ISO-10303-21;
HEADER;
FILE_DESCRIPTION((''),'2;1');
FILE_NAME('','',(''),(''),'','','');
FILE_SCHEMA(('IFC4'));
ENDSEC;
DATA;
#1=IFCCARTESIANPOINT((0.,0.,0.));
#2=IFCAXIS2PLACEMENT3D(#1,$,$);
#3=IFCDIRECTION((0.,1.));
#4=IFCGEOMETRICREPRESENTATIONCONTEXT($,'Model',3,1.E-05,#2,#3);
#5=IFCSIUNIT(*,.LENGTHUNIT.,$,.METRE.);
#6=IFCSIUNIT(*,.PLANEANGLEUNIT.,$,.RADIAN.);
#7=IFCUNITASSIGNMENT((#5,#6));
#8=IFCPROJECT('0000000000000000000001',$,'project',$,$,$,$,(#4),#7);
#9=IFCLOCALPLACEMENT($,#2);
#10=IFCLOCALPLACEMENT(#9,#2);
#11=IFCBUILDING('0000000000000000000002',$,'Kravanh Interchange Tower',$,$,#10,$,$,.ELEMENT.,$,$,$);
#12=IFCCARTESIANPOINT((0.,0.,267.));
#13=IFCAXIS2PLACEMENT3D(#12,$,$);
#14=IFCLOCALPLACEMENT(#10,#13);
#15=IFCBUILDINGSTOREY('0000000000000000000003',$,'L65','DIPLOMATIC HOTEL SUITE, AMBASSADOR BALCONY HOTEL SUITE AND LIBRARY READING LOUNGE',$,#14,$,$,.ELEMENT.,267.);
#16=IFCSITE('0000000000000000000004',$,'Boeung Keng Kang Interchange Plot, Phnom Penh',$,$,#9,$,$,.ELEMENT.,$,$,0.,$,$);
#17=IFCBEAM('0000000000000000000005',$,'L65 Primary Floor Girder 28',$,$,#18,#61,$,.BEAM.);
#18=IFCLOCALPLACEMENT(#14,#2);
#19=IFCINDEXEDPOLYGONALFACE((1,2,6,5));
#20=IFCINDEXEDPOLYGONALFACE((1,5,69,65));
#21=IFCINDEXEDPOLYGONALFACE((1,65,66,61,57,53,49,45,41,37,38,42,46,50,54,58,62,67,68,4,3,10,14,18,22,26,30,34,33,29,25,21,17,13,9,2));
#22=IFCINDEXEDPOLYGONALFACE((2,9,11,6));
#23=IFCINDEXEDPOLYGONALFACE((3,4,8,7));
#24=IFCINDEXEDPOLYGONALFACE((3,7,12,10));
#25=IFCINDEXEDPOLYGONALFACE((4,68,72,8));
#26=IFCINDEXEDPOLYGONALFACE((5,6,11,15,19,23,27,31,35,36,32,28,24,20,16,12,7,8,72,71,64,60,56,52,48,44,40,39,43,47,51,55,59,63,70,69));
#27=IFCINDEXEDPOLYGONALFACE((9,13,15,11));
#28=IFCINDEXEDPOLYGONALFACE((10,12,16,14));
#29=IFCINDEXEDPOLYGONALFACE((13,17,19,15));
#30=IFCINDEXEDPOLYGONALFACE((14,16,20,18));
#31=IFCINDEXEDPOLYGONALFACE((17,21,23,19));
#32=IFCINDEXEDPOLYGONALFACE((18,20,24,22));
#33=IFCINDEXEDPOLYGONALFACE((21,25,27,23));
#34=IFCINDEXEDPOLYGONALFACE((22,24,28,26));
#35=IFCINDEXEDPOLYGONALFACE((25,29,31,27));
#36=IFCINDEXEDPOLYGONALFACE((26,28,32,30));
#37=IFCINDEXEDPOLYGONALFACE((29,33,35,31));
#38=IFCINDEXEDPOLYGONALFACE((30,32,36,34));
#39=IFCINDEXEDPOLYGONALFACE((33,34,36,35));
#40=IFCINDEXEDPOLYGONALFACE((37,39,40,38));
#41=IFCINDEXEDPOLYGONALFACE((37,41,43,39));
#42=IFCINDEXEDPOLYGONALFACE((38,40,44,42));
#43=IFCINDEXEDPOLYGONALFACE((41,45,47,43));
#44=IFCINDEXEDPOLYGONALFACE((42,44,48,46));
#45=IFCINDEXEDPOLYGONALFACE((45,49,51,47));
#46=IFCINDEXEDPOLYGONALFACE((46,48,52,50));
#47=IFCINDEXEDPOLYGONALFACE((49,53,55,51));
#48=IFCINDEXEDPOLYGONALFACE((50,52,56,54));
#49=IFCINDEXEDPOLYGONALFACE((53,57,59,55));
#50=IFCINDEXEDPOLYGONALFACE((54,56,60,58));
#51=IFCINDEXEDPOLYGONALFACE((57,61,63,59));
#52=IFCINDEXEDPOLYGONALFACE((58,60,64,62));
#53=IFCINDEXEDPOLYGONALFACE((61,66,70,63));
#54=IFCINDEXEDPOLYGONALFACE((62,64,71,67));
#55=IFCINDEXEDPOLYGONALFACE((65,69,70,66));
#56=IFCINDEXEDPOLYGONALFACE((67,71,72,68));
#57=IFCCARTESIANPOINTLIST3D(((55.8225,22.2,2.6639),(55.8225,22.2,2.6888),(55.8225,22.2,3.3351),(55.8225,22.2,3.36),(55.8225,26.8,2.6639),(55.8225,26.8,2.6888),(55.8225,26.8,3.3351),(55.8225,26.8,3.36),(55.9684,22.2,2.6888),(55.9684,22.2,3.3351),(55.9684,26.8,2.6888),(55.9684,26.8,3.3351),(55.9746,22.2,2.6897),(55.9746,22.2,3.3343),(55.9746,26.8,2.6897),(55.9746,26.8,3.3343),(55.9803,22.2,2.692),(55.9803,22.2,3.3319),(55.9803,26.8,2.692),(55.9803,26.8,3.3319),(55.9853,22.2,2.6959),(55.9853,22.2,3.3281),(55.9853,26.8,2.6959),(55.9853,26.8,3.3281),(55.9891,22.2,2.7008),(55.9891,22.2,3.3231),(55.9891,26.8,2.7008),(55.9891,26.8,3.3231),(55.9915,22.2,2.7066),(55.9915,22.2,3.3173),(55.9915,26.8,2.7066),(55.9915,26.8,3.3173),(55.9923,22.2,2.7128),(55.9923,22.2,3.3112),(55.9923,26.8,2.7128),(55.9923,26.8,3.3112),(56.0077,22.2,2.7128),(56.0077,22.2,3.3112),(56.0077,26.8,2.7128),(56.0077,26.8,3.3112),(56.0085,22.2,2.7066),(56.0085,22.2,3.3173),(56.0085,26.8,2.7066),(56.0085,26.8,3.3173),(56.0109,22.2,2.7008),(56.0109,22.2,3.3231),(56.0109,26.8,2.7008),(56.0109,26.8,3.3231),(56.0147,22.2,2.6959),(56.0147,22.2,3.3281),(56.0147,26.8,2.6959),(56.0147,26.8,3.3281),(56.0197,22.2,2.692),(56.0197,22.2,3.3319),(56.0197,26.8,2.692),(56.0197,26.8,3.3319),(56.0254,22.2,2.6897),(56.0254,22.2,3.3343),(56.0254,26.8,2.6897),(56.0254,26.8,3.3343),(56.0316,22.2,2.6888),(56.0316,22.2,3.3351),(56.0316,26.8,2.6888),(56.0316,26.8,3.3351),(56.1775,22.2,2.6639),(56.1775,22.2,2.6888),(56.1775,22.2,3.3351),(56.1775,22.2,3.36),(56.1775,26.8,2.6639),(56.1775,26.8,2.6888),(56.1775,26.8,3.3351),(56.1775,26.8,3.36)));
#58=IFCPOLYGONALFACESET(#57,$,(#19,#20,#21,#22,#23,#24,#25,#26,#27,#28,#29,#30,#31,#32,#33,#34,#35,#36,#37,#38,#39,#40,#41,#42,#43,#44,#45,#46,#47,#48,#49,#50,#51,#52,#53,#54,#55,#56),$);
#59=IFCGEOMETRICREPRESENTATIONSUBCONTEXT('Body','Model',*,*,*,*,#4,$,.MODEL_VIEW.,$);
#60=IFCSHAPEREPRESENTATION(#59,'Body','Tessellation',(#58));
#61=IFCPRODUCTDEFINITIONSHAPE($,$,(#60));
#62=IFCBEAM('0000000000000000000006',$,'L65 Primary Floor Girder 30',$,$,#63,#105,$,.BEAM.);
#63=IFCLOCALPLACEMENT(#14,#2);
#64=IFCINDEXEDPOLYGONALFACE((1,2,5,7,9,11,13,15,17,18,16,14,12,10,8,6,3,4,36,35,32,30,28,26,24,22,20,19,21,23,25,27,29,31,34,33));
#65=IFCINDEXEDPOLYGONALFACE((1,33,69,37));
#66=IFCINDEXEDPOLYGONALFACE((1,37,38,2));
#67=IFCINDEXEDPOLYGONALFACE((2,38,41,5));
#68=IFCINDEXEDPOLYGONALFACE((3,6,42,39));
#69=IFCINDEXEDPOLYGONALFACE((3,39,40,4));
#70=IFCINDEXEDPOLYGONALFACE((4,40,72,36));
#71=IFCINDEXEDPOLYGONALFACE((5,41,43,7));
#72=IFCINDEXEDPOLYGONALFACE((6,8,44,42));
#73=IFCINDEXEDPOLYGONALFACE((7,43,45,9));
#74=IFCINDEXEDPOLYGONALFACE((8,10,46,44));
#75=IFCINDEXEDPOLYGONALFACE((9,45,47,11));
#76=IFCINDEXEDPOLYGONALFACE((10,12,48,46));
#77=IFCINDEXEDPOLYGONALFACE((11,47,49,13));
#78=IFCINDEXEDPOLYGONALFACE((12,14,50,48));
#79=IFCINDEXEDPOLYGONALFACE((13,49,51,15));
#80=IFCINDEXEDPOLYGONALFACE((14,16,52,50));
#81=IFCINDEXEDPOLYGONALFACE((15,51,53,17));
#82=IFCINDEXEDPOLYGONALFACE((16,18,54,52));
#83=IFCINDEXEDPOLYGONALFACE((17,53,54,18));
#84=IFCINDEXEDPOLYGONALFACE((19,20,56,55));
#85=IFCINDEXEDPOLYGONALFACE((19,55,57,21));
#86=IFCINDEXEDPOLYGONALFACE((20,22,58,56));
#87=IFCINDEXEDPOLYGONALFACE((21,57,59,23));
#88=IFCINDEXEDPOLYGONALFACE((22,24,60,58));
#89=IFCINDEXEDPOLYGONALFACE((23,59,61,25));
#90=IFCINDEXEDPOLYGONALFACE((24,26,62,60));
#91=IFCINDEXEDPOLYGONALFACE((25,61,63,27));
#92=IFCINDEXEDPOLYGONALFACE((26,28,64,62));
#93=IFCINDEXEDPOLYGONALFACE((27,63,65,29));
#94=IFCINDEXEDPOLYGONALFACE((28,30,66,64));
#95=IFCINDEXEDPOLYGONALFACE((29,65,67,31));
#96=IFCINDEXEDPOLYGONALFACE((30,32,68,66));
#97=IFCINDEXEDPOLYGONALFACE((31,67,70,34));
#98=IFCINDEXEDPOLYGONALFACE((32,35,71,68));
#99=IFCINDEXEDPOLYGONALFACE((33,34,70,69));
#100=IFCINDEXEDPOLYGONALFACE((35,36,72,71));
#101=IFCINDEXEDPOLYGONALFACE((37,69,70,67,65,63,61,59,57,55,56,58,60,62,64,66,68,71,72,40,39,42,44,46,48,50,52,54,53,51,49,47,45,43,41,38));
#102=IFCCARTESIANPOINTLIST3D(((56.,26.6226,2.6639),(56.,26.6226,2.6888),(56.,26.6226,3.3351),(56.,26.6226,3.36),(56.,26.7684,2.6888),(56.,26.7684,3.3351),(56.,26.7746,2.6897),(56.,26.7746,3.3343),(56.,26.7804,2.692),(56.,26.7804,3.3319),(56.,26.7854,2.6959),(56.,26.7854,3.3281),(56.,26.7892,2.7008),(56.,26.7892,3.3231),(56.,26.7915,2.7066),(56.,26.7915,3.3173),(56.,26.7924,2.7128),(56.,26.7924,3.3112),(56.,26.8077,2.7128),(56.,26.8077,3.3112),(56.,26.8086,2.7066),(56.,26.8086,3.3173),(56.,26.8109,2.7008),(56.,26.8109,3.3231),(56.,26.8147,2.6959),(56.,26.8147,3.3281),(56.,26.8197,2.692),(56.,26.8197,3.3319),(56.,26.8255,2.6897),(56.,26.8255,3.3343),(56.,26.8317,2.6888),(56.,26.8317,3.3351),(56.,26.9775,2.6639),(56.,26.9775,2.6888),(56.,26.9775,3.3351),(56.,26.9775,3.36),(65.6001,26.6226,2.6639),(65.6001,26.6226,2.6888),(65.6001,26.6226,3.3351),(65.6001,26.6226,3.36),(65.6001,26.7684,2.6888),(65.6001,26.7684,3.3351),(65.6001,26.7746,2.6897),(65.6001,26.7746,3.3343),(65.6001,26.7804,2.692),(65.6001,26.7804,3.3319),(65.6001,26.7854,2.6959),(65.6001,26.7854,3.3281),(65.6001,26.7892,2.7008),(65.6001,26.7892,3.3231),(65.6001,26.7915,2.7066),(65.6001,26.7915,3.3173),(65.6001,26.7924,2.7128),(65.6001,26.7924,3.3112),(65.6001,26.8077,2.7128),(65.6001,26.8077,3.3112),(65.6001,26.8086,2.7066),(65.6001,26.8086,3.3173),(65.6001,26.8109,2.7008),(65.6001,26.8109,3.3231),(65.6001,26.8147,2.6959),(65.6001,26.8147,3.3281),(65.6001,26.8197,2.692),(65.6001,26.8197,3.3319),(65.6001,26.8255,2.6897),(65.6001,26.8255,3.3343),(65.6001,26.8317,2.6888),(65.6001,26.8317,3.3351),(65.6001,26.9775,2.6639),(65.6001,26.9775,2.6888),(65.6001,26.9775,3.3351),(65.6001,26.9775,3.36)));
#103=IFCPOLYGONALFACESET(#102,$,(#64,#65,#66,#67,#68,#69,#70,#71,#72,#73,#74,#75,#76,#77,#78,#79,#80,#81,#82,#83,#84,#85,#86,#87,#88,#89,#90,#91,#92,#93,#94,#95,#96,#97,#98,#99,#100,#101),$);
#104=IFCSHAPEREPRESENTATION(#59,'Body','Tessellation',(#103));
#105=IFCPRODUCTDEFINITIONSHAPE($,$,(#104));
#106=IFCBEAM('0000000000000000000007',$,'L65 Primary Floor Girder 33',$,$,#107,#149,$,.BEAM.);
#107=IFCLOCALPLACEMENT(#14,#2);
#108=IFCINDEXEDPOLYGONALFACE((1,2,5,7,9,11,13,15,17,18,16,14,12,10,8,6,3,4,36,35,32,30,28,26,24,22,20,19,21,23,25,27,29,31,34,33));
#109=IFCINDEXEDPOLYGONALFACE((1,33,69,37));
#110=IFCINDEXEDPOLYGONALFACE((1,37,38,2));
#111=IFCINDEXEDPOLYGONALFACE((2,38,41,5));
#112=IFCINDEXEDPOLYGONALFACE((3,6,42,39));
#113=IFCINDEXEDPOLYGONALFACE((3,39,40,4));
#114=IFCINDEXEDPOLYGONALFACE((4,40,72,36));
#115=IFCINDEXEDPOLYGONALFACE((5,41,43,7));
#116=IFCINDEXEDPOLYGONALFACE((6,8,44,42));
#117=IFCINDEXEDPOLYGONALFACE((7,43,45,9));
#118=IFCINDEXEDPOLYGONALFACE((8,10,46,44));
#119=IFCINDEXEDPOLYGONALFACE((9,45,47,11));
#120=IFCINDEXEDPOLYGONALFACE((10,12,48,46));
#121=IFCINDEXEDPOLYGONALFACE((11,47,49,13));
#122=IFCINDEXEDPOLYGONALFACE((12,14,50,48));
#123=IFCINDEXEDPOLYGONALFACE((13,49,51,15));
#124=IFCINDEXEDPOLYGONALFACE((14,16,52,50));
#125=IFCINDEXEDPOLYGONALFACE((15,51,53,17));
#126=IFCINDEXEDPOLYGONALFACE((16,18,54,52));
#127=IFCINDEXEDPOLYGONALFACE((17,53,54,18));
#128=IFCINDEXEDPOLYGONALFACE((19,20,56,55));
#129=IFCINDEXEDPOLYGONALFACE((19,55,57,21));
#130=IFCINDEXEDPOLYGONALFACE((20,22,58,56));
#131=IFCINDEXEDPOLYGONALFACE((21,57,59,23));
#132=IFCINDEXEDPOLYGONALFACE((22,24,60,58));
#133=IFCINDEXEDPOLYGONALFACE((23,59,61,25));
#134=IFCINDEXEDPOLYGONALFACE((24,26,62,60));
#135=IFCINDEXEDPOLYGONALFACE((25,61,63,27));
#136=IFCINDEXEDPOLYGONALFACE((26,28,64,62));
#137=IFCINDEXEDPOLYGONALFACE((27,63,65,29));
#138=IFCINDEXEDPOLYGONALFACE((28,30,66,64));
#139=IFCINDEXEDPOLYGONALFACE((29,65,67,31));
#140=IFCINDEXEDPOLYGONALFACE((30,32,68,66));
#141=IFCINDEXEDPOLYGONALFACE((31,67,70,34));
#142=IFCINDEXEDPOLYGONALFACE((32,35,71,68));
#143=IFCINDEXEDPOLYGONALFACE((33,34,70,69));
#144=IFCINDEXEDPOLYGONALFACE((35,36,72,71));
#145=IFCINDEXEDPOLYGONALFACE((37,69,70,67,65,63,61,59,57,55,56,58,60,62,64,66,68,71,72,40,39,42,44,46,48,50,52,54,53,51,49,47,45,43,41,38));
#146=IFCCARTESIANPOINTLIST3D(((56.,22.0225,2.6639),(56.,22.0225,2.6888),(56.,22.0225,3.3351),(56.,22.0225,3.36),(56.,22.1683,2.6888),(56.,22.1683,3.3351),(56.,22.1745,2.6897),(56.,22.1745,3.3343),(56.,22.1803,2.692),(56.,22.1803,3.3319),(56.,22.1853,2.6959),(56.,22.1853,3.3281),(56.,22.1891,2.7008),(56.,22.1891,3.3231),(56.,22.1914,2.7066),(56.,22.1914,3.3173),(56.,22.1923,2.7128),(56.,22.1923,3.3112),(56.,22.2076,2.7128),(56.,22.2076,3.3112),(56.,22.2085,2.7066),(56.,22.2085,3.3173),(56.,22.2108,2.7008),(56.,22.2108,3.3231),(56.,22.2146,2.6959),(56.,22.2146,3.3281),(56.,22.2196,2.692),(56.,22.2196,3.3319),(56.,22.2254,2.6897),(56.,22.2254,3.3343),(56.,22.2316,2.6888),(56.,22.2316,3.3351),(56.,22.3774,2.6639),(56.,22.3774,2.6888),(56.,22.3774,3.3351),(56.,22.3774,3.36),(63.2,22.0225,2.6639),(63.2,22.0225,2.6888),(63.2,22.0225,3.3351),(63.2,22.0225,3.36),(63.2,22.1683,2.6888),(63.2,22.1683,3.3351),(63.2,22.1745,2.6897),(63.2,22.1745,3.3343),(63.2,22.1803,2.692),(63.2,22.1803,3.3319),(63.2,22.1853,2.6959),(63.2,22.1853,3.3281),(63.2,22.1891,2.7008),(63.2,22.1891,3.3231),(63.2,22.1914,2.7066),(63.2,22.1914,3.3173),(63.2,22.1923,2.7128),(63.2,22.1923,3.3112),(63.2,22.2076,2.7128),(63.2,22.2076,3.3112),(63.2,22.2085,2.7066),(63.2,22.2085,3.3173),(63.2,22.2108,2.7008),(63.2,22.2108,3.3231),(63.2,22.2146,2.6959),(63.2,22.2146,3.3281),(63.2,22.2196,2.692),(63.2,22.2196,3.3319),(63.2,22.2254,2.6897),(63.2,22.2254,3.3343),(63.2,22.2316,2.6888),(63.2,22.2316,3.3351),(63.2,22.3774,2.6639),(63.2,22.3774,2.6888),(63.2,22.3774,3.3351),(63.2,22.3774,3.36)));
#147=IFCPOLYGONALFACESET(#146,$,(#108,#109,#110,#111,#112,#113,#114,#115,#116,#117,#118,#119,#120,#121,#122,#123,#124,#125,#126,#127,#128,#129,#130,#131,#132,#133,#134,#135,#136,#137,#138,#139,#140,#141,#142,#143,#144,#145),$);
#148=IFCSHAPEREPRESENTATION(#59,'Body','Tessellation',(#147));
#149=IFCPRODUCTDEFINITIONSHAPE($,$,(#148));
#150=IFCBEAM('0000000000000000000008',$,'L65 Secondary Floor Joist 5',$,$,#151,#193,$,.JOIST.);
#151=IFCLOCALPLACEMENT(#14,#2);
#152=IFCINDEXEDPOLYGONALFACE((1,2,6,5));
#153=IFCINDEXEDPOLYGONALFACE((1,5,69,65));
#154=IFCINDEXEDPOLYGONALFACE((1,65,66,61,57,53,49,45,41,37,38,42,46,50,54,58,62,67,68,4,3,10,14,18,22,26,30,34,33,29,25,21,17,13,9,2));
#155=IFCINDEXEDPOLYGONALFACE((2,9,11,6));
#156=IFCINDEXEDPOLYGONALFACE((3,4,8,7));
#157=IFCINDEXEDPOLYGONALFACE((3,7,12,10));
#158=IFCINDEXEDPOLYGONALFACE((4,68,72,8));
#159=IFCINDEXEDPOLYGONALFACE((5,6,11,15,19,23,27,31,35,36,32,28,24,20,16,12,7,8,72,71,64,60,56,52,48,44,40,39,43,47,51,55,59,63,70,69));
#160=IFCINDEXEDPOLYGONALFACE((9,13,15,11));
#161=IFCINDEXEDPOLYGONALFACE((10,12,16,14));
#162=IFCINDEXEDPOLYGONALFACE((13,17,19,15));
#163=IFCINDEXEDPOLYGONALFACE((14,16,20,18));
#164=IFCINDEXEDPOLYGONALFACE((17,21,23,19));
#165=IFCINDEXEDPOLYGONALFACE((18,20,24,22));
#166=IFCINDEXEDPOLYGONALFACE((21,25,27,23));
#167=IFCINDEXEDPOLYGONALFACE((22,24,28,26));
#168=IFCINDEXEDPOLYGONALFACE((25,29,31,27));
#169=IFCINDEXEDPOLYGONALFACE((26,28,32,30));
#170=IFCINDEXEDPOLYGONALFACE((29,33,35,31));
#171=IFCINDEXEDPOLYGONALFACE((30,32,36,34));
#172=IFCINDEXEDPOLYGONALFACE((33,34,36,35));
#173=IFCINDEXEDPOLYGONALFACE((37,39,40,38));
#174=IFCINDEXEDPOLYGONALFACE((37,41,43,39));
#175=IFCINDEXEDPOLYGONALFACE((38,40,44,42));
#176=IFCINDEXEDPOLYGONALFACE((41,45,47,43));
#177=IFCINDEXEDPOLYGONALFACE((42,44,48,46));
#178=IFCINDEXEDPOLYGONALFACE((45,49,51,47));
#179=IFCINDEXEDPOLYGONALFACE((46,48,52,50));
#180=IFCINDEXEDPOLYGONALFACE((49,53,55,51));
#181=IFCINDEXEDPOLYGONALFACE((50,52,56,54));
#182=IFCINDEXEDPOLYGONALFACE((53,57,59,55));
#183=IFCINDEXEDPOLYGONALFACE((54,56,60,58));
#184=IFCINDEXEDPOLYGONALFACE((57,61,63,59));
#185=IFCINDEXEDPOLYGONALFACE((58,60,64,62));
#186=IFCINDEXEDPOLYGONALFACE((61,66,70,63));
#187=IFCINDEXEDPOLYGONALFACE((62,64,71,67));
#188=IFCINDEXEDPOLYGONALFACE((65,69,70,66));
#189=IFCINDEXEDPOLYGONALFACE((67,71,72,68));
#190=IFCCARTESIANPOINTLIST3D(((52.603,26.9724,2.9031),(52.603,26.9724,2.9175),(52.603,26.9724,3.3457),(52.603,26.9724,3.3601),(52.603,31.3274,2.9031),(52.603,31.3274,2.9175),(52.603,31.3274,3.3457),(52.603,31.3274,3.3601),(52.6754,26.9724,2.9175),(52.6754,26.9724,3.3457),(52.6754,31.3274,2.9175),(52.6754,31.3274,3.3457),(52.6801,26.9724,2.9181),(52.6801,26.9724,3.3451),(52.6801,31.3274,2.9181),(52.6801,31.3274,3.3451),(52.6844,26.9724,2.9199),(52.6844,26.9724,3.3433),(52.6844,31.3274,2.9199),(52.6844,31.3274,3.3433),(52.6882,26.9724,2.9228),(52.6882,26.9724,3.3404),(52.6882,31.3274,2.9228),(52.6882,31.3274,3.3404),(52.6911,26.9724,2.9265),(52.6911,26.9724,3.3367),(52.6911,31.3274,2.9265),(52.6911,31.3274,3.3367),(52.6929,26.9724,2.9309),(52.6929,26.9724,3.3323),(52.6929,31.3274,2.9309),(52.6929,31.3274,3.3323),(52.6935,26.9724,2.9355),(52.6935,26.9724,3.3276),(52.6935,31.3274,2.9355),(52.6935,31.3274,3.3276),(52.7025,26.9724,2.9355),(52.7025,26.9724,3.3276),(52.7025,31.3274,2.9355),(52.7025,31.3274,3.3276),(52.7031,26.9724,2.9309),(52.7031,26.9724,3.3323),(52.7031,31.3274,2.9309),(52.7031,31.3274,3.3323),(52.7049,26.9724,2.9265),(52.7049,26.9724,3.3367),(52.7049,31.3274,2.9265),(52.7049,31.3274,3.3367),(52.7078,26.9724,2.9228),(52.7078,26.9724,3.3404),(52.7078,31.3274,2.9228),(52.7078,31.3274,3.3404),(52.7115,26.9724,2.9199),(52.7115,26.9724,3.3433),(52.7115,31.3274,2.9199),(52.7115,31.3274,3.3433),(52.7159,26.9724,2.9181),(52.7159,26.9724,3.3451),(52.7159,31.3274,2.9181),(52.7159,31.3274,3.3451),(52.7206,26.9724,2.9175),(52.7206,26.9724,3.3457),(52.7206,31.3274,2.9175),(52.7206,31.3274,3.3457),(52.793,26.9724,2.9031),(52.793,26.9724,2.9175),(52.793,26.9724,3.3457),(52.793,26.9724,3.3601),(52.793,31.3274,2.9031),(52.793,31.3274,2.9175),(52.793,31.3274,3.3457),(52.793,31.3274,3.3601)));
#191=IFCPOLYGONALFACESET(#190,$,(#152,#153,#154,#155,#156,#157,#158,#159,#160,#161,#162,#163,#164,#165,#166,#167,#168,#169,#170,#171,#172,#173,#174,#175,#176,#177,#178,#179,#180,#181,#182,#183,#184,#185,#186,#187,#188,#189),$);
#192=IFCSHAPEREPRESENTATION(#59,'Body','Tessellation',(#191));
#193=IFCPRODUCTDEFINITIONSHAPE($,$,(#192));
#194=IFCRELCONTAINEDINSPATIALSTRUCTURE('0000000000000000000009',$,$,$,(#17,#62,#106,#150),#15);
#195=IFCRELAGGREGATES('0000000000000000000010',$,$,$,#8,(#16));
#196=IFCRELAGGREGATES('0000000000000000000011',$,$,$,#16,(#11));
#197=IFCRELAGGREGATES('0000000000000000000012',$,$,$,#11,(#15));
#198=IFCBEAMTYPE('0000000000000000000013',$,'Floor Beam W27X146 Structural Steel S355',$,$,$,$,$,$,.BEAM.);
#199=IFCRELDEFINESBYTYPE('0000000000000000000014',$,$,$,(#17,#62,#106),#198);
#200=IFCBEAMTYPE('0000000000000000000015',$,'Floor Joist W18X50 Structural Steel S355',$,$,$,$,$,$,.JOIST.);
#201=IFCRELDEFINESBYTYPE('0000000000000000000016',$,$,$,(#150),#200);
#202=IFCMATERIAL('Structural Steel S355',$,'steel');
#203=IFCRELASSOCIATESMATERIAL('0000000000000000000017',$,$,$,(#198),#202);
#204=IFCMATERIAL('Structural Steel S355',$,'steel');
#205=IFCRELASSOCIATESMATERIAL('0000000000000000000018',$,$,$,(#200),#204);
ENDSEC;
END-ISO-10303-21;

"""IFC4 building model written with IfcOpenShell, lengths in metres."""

from ifc_helpers import new_model, si_unit, direction, frame, origin, origin_2d, place, context, subcontext, project, spatial, i_section, extrude, material, material_profile, profile_set, type_object, element, save


model = new_model("IFC4")

# Units and contexts
model_context = context("Model", 3, precision=1e-05, world=origin(), true_north=direction((0.0, 1.0)))
body_context = subcontext(model_context, "Body", "Model", "MODEL_VIEW")
ifc_project = project(units=[si_unit("LENGTHUNIT", "METRE"), si_unit("PLANEANGLEUNIT", "RADIAN")], contexts=[model_context])

# Site, building, storey
site_placement = place(None, origin())
site = spatial("IfcSite", under=ifc_project, at=site_placement, Name="Boeung Keng Kang Interchange Plot, Phnom Penh", CompositionType="ELEMENT", RefElevation=0.0)
building_placement = place(site_placement, origin())
building = spatial("IfcBuilding", under=site, at=building_placement, Name="Kravanh Interchange Tower", CompositionType="ELEMENT")
storey_placement = place(building_placement, frame((0.0, 0.0, 267.0)))
storey = spatial("IfcBuildingStorey", under=building, at=storey_placement, Name="L65", Description="DIPLOMATIC HOTEL SUITE, AMBASSADOR BALCONY HOTEL SUITE AND LIBRARY READING LOUNGE", CompositionType="ELEMENT", Elevation=267.0)

# Beams
ifc_material_1 = material(Name="Structural Steel S355", Category="steel")
ifc_material_profile_1 = material_profile(ifc_material_1, i_section(OverallWidth=0.355, OverallDepth=0.696, WebThickness=0.0154, FlangeThickness=0.0249, FilletRadius=0.0239, at=origin_2d()), Name="W27X146")
ifc_profile_set_1 = profile_set([ifc_material_profile_1], Name="Structural Steel S355")
beam_type_1 = type_object("IfcBeamType", Name="Floor Beam W27X146 Structural Steel S355", PredefinedType="BEAM", material=ifc_profile_set_1)
beam_1_placement = place(storey_placement, frame((56.0, 26.8, 3.012), z_axis=(0.0, -1.0, 0.0), x_axis=(1.0, 0.0, 0.0)))
element("IfcBeam", 1, at=beam_1_placement, inside=storey, type_object=beam_type_1, Name="L65 Primary Floor Girder 28", PredefinedType="BEAM", context=body_context, shape_type="SweptSolid", body=[
    extrude(i_section(OverallWidth=0.355, OverallDepth=0.696, WebThickness=0.0154, FlangeThickness=0.0249, FilletRadius=0.0239, at=origin_2d()), origin(), (0.0, 0.0, 1.0), 4.6001),
])
beam_2_placement = place(storey_placement, frame((56.0, 26.8, 3.012), z_axis=(1.0, 0.0, 0.0), x_axis=(0.0, 1.0, 0.0)))
element("IfcBeam", 2, at=beam_2_placement, inside=storey, type_object=beam_type_1, Name="L65 Primary Floor Girder 30", PredefinedType="BEAM", context=body_context, shape_type="SweptSolid", body=[
    extrude(i_section(OverallWidth=0.355, OverallDepth=0.696, WebThickness=0.0154, FlangeThickness=0.0249, FilletRadius=0.0239, at=origin_2d()), origin(), (0.0, 0.0, 1.0), 9.6001),
])
beam_3_placement = place(storey_placement, frame((56.0, 22.2, 3.012), z_axis=(1.0, 0.0, 0.0), x_axis=(0.0, 1.0, 0.0)))
element("IfcBeam", 3, at=beam_3_placement, inside=storey, type_object=beam_type_1, Name="L65 Primary Floor Girder 33", PredefinedType="BEAM", context=body_context, shape_type="SweptSolid", body=[
    extrude(i_section(OverallWidth=0.355, OverallDepth=0.696, WebThickness=0.0154, FlangeThickness=0.0249, FilletRadius=0.0239, at=origin_2d()), origin(), (0.0, 0.0, 1.0), 7.2),
])
ifc_material_2 = material(Name="Structural Steel S355", Category="steel")
ifc_material_profile_2 = material_profile(ifc_material_2, i_section(OverallWidth=0.1899, OverallDepth=0.457, WebThickness=0.009, FlangeThickness=0.0144, FilletRadius=0.0181, at=origin_2d()), Name="W18X50")
ifc_profile_set_2 = profile_set([ifc_material_profile_2], Name="Structural Steel S355")
beam_type_2 = type_object("IfcBeamType", Name="Floor Joist W18X50 Structural Steel S355", PredefinedType="JOIST", material=ifc_profile_set_2)
for number, where, z_axis, x_axis, name in (
    (4, (52.698, 26.9724, 3.1316), (0.0, 1.0, 0.0), (-1.0, 0.0, 0.0), "L65 Secondary Floor Joist 5"),
):
    element("IfcBeam", number, at=place(storey_placement, frame(where, z_axis=z_axis, x_axis=x_axis)), inside=storey, type_object=beam_type_2, Name=name, PredefinedType="JOIST", context=body_context, shape_type="SweptSolid", body=[
        extrude(i_section(OverallWidth=0.1899, OverallDepth=0.457, WebThickness=0.009, FlangeThickness=0.0144, FilletRadius=0.0181, at=origin_2d()), origin(), (0.0, 0.0, 1.0), 4.355),
    ])

save(model, "model.ifc")
